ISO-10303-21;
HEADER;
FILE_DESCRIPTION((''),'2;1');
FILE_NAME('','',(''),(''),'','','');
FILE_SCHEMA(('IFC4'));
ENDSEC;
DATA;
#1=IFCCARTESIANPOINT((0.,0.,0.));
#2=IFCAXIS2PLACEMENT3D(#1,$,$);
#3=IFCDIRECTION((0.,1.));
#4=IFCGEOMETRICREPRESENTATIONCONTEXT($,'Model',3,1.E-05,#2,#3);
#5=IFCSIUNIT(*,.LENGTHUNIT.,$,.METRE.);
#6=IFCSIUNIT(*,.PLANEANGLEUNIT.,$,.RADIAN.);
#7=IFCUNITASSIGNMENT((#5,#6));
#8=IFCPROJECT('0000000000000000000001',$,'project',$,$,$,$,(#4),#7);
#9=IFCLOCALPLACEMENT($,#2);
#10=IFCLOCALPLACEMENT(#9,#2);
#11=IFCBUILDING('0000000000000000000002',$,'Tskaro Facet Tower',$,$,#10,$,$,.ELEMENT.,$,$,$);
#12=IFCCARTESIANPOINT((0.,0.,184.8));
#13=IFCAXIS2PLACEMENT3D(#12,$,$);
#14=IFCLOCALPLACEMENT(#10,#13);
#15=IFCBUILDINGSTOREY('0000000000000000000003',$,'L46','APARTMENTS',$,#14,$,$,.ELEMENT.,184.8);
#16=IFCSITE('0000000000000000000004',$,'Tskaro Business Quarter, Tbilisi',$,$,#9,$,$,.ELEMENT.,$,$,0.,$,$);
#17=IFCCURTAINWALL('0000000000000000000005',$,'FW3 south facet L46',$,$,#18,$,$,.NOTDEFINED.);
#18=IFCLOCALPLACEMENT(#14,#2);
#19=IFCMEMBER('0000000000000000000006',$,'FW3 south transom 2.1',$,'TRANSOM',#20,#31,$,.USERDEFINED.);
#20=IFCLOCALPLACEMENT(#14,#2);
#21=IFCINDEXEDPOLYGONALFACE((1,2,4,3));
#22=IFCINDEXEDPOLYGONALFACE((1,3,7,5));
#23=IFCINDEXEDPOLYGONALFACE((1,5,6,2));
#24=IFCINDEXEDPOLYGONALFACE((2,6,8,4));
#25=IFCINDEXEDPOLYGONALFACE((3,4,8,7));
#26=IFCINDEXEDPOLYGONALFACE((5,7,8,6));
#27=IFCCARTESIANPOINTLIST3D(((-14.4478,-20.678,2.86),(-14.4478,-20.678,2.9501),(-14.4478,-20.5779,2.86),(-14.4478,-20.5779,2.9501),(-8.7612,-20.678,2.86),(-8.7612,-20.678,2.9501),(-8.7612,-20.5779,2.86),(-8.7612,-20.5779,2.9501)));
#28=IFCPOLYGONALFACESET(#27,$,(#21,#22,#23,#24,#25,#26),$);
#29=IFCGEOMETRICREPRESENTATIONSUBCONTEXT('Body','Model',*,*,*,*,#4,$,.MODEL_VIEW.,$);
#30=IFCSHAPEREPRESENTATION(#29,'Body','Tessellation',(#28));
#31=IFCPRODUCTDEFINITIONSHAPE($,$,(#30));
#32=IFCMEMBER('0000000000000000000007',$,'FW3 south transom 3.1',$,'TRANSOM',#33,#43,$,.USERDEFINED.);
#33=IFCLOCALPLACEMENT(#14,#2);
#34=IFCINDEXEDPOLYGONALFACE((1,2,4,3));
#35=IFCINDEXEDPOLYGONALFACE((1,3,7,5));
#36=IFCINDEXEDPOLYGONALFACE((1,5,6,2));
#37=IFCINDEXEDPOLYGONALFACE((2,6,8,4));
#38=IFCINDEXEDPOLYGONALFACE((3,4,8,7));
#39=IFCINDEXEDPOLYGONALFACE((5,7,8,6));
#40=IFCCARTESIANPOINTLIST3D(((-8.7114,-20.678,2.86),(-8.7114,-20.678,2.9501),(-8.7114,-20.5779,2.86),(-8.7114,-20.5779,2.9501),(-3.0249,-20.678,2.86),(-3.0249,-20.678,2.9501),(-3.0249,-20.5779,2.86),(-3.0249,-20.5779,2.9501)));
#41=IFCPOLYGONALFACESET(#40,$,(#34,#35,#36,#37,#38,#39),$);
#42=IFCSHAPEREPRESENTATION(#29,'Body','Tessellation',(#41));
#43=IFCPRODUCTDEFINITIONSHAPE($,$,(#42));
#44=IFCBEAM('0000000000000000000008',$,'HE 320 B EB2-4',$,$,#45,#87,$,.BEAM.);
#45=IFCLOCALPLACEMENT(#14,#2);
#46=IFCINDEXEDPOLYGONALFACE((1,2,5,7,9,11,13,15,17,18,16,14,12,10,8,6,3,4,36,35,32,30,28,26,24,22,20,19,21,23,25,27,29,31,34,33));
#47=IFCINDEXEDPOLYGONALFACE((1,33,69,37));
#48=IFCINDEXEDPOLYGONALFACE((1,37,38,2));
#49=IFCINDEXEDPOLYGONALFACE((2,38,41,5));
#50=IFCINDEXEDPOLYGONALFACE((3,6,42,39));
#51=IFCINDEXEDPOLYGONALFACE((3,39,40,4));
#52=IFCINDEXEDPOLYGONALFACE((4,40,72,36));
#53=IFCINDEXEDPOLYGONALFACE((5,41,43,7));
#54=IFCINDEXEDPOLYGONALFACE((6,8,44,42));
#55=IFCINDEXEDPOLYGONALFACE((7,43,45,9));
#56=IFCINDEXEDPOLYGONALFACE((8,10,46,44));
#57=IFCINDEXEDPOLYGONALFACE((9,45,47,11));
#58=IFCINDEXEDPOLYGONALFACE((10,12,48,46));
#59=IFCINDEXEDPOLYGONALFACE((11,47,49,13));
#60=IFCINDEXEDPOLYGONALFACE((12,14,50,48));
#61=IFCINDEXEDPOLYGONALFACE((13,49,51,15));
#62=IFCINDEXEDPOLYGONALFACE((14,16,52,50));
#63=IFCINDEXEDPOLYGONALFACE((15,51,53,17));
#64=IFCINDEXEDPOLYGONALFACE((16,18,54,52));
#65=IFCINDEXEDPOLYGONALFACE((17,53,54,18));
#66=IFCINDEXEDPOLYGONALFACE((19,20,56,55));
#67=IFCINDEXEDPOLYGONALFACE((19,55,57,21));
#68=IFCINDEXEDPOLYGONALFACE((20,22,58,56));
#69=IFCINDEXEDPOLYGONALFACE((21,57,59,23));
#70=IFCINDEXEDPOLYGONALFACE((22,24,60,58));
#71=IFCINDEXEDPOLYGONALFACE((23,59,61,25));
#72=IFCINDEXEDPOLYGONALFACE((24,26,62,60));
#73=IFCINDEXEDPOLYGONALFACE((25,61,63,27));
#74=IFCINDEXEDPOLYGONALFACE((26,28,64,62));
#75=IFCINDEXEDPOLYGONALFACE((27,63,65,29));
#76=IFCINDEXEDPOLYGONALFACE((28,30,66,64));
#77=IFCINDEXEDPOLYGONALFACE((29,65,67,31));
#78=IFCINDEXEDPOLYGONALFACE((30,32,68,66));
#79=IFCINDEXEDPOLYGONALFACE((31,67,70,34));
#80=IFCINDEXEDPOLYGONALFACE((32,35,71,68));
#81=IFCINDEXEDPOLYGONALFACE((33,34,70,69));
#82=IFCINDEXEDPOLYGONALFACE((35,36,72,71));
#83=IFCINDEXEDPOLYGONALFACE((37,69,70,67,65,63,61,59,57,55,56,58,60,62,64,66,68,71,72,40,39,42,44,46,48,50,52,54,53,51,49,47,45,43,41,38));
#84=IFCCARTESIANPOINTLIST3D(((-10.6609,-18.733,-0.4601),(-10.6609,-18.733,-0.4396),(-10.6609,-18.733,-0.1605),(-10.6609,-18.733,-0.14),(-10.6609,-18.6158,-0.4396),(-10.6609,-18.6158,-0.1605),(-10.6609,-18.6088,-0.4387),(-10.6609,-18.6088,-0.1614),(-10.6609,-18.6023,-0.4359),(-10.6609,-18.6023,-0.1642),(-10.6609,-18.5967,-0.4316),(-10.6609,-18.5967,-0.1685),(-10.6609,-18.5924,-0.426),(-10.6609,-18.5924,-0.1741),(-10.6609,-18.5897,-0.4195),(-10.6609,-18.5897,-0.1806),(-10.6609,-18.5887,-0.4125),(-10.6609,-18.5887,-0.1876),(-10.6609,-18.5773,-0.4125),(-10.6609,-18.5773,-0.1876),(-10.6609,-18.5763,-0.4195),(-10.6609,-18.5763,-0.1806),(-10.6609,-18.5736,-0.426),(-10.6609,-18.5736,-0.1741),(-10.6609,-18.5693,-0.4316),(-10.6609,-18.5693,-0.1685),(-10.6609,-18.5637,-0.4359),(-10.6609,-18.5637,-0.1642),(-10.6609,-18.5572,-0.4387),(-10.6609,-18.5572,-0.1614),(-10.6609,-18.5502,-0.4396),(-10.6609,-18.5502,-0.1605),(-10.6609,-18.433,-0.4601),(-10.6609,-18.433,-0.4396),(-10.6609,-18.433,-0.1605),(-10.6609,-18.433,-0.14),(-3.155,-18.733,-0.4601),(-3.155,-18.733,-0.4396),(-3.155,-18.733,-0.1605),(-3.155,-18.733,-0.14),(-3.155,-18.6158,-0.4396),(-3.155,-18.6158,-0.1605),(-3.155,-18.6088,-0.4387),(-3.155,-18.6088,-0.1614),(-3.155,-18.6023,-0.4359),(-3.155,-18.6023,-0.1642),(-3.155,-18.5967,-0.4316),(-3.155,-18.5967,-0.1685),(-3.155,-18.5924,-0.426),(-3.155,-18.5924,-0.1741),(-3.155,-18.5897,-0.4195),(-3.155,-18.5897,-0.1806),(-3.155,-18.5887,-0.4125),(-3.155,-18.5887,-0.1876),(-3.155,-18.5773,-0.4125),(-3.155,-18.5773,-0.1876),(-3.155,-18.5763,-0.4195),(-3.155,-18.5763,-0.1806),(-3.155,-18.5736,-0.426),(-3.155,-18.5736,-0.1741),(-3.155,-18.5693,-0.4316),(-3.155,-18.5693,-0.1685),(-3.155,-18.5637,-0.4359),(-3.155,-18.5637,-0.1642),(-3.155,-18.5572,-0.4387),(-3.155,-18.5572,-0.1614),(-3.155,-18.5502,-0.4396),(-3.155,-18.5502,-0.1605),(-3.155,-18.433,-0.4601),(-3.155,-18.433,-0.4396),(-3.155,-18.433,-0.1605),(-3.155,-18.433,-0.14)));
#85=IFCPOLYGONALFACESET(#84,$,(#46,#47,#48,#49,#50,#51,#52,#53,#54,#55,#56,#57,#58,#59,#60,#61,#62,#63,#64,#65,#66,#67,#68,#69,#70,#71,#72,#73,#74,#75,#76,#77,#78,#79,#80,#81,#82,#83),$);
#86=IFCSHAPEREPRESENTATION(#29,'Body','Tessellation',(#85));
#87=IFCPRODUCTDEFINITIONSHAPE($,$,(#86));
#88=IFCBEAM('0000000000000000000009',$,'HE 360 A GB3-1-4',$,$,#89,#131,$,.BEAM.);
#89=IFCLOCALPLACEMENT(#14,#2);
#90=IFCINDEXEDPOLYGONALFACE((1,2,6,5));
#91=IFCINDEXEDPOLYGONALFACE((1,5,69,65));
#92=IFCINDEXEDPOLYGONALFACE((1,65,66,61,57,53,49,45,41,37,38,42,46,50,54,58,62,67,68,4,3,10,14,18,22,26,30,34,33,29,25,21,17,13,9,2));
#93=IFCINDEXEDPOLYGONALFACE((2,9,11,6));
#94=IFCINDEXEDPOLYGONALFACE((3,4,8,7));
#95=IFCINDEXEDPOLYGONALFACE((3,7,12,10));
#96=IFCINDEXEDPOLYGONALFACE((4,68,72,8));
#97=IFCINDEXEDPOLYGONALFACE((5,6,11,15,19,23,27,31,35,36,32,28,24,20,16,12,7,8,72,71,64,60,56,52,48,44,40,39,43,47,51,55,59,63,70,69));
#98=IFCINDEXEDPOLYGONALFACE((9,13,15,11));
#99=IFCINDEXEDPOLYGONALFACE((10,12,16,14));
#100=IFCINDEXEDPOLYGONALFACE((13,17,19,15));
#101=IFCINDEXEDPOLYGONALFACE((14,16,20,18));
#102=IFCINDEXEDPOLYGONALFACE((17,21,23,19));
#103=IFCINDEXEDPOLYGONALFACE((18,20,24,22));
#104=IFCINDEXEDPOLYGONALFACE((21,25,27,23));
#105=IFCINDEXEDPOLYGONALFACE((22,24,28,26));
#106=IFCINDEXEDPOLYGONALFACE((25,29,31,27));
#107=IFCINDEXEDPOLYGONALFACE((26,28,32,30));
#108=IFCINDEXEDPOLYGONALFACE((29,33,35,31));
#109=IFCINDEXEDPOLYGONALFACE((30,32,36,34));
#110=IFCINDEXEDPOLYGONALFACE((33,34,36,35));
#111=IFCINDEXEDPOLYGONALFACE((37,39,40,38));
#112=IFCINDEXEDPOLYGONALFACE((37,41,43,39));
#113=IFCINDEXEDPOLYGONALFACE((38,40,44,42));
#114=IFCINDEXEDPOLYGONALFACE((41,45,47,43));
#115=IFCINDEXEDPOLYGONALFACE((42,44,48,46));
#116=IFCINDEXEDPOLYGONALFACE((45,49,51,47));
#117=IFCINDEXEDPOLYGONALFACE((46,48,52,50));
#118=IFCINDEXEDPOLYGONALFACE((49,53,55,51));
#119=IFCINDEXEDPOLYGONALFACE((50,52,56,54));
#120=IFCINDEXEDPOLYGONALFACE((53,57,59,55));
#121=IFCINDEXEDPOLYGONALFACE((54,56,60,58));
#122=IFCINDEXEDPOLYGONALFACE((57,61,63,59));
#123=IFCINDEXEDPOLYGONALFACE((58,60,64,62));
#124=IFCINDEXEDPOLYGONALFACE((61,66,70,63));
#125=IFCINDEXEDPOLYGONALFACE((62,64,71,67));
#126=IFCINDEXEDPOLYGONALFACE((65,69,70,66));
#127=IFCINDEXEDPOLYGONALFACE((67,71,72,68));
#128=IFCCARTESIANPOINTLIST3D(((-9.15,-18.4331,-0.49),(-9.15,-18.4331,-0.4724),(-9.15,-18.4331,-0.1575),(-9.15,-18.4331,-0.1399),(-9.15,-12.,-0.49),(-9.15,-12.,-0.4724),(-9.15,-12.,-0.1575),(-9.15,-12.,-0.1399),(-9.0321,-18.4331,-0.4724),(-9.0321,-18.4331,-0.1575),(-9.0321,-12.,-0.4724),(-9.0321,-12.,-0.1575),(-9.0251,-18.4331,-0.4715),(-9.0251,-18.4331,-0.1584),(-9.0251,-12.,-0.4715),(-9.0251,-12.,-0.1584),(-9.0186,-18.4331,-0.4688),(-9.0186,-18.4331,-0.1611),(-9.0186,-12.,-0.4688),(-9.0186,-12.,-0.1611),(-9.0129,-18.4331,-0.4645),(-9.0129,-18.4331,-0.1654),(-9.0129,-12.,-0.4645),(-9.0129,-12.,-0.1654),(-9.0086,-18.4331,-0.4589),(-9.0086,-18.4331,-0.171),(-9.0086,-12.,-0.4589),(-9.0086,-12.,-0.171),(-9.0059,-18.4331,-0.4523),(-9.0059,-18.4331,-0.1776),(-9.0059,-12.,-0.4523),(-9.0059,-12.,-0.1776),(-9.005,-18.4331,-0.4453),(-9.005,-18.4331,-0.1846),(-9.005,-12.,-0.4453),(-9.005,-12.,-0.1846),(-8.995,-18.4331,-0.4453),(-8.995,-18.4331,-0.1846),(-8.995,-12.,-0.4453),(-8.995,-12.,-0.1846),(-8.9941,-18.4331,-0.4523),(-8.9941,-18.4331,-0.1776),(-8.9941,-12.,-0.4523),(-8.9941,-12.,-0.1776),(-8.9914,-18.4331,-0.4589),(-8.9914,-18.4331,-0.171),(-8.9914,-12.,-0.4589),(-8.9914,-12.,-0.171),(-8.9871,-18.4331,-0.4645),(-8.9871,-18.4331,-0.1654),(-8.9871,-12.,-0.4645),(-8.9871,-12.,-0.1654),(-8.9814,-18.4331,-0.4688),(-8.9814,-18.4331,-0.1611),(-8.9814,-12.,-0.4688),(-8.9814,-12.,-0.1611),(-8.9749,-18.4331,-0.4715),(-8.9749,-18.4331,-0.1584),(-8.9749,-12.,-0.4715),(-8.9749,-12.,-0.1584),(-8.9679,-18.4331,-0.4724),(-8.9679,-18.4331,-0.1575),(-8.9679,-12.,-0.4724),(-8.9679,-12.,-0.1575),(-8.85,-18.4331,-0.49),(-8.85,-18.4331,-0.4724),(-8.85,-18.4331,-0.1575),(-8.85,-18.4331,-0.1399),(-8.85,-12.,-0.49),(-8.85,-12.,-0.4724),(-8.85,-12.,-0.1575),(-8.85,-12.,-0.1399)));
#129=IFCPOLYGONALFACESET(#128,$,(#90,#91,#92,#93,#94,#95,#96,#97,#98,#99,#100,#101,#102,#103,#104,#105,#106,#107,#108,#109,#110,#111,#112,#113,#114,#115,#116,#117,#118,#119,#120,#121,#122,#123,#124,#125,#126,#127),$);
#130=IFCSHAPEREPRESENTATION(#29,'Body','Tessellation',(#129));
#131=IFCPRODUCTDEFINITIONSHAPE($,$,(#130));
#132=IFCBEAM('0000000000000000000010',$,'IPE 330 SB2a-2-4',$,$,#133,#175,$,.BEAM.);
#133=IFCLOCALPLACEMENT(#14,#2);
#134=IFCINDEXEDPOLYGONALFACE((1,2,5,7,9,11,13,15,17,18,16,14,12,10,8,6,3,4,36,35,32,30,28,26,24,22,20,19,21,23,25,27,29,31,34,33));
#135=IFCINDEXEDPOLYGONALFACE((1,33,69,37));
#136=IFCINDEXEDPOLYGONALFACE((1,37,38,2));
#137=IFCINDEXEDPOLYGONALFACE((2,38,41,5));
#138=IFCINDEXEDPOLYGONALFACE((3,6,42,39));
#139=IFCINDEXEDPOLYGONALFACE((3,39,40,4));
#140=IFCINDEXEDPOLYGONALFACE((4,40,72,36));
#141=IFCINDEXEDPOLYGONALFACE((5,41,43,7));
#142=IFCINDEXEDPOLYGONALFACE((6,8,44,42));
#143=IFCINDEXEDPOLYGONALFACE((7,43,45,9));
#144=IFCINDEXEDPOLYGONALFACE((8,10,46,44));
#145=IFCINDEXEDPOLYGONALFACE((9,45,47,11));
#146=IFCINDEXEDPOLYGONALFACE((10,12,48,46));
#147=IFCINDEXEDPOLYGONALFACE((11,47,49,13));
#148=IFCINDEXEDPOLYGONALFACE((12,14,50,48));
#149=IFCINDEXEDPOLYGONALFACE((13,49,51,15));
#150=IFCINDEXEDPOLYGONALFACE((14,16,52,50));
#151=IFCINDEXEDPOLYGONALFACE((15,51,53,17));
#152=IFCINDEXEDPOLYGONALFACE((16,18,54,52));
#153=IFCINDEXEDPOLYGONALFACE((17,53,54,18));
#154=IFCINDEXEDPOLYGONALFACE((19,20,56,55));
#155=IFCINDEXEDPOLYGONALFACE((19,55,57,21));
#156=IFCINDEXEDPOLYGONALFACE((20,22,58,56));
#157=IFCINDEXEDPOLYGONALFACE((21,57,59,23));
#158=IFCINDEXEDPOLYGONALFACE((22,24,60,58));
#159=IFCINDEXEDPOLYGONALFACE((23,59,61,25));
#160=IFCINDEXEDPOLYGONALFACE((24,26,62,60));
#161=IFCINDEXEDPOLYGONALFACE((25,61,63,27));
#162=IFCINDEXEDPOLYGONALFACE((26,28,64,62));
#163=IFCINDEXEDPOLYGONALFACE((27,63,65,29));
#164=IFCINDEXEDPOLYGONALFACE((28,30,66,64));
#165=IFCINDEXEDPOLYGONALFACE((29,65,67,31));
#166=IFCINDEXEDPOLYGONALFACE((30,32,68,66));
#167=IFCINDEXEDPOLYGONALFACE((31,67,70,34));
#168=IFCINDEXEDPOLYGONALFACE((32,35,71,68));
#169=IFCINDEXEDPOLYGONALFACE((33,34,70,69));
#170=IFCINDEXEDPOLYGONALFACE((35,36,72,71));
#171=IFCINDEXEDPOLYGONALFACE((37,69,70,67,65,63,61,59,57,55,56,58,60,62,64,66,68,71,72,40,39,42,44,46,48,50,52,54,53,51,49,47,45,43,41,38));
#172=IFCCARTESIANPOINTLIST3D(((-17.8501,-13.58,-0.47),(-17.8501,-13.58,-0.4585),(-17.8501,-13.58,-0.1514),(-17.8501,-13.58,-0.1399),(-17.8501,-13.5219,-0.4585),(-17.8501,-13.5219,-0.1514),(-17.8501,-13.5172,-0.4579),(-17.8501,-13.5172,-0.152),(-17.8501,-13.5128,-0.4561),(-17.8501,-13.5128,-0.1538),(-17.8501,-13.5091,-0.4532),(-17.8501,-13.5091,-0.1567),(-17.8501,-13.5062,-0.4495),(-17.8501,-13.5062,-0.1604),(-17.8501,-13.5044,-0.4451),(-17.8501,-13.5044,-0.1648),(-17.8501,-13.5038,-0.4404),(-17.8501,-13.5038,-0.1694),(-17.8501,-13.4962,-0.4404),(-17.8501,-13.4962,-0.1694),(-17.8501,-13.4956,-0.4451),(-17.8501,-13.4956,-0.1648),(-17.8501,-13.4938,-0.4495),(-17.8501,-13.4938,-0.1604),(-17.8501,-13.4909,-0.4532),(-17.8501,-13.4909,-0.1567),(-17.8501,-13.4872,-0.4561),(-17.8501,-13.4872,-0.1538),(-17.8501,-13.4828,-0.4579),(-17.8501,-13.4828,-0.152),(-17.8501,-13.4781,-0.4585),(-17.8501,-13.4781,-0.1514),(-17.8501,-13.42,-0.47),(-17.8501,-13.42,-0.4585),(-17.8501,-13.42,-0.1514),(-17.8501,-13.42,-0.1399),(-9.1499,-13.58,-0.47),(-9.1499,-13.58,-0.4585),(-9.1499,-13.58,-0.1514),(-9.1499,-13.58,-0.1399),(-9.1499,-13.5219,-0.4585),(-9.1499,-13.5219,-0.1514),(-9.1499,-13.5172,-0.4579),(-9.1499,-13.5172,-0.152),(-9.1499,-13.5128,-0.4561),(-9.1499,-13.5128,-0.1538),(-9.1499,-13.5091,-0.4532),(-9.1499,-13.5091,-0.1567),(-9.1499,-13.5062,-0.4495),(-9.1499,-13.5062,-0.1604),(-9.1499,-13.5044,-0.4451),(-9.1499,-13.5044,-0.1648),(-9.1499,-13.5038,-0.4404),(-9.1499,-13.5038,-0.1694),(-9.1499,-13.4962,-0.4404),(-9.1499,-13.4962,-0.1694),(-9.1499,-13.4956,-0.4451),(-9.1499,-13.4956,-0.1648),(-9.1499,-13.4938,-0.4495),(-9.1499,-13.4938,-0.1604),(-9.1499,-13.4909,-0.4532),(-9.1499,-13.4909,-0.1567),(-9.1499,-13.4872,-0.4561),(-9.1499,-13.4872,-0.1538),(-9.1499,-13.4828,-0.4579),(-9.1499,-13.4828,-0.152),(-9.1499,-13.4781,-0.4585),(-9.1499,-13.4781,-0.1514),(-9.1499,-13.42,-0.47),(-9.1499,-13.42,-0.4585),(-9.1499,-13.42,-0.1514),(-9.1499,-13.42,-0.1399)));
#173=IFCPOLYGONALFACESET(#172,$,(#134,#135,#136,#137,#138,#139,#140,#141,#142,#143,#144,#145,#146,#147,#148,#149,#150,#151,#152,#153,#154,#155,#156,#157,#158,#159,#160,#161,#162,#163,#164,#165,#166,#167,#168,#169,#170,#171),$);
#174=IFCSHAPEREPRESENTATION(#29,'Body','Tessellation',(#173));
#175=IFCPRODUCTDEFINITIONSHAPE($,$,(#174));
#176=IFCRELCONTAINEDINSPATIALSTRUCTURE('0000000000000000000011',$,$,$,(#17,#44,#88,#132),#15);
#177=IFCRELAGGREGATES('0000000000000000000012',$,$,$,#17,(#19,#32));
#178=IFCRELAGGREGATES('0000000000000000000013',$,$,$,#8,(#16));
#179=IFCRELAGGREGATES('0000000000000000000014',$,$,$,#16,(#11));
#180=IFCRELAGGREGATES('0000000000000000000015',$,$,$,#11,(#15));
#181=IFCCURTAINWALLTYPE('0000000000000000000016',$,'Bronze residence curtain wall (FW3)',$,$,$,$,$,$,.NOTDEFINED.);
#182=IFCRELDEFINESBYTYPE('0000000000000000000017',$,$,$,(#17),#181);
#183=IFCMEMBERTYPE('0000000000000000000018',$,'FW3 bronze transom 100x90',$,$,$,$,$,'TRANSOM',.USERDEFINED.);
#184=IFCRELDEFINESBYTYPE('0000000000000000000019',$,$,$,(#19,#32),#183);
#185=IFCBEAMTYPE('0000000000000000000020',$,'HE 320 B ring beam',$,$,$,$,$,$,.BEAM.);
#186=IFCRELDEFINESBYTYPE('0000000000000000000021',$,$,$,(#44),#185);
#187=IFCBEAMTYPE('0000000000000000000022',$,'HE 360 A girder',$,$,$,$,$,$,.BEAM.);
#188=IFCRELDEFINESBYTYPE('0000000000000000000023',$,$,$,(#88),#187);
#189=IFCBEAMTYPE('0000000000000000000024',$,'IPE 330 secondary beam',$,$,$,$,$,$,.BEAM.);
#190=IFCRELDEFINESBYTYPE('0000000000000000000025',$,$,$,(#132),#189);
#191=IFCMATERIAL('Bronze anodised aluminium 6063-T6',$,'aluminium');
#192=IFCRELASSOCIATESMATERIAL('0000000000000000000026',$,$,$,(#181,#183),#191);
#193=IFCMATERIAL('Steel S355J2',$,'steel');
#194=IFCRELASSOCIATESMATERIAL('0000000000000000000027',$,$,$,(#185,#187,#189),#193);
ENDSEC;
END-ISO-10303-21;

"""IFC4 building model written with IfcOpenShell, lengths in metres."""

from ifc_helpers import new_model, si_unit, direction, frame, origin, origin_2d, place, context, subcontext, project, spatial, rectangle, i_section, extrude, material, material_profile, profile_set, type_object, element, aggregate, save


model = new_model("IFC4")

# Units and contexts
model_context = context("Model", 3, precision=1e-05, world=origin(), true_north=direction((0.0, 1.0)))
body_context = subcontext(model_context, "Body", "Model", "MODEL_VIEW")
ifc_project = project(units=[si_unit("LENGTHUNIT", "METRE"), si_unit("PLANEANGLEUNIT", "RADIAN")], contexts=[model_context])

# Site, building, storey
site_placement = place(None, origin())
site = spatial("IfcSite", under=ifc_project, at=site_placement, Name="Tskaro Business Quarter, Tbilisi", CompositionType="ELEMENT", RefElevation=0.0)
building_placement = place(site_placement, origin())
building = spatial("IfcBuilding", under=site, at=building_placement, Name="Tskaro Facet Tower", CompositionType="ELEMENT")
storey_placement = place(building_placement, frame((0.0, 0.0, 184.8)))
storey = spatial("IfcBuildingStorey", under=building, at=storey_placement, Name="L46", Description="APARTMENTS", CompositionType="ELEMENT", Elevation=184.8)

# Curtain wall, members
ifc_material_1 = material(Name="Bronze anodised aluminium 6063-T6", Category="aluminium")
curtain_wall_type = type_object("IfcCurtainWallType", Name="Bronze residence curtain wall (FW3)", PredefinedType="NOTDEFINED", material=ifc_material_1)
curtain_wall_placement = place(storey_placement, origin())
curtain_wall = element("IfcCurtainWall", 1, at=curtain_wall_placement, inside=storey, type_object=curtain_wall_type, Name="FW3 south facet L46", PredefinedType="NOTDEFINED")
ifc_material_profile_1 = material_profile(ifc_material_1, rectangle(XDim=0.1001, YDim=0.0901, at=origin_2d()), Name="Transom 100x90")
ifc_profile_set_1 = profile_set([ifc_material_profile_1], Name="Bronze anodised aluminium 6063-T6")
member_type_1 = type_object("IfcMemberType", Name="FW3 bronze transom 100x90", ElementType="TRANSOM", PredefinedType="USERDEFINED", material=ifc_profile_set_1)
member_1_placement = place(storey_placement, frame((-14.4478, -20.6279, 2.905), z_axis=(1.0, 0.0, 0.0), x_axis=(0.0, 1.0, 0.0)))
member_1 = element("IfcMember", 2, at=member_1_placement, type_object=member_type_1, Name="FW3 south transom 2.1", ObjectType="TRANSOM", PredefinedType="USERDEFINED", context=body_context, shape_type="SweptSolid", body=[
    extrude(rectangle(XDim=0.1001, YDim=0.0901, at=origin_2d()), origin(), (0.0, 0.0, 1.0), 5.6865),
])
member_2_placement = place(storey_placement, frame((-8.7114, -20.6279, 2.905), z_axis=(1.0, 0.0, 0.0), x_axis=(0.0, 1.0, 0.0)))
member_2 = element("IfcMember", 3, at=member_2_placement, type_object=member_type_1, Name="FW3 south transom 3.1", ObjectType="TRANSOM", PredefinedType="USERDEFINED", context=body_context, shape_type="SweptSolid", body=[
    extrude(rectangle(XDim=0.1001, YDim=0.0901, at=origin_2d()), origin(), (0.0, 0.0, 1.0), 5.6865),
])

# Beams
ifc_material_2 = material(Name="Steel S355J2", Category="steel")
ifc_material_profile_2 = material_profile(ifc_material_2, i_section(OverallWidth=0.3, OverallDepth=0.3201, WebThickness=0.0115, FlangeThickness=0.0205, FilletRadius=0.0271, at=origin_2d()), Name="HE 320 B")
ifc_profile_set_2 = profile_set([ifc_material_profile_2], Name="Steel S355J2")
beam_type_1 = type_object("IfcBeamType", Name="HE 320 B ring beam", PredefinedType="BEAM", material=ifc_profile_set_2)
beam_1_placement = place(storey_placement, frame((-10.6609, -18.583, -0.3), z_axis=(1.0, 0.0, 0.0), x_axis=(0.0, 1.0, 0.0)))
element("IfcBeam", 4, at=beam_1_placement, inside=storey, type_object=beam_type_1, Name="HE 320 B EB2-4", PredefinedType="BEAM", context=body_context, shape_type="SweptSolid", body=[
    extrude(i_section(OverallWidth=0.3, OverallDepth=0.3201, WebThickness=0.0115, FlangeThickness=0.0205, FilletRadius=0.0271, at=origin_2d()), origin(), (0.0, 0.0, 1.0), 7.5059),
])
ifc_material_profile_3 = material_profile(ifc_material_2, i_section(OverallWidth=0.3, OverallDepth=0.3501, WebThickness=0.01, FlangeThickness=0.0176, FilletRadius=0.0271, at=origin_2d()), Name="HE 360 A")
ifc_profile_set_3 = profile_set([ifc_material_profile_3], Name="Steel S355J2")
beam_type_2 = type_object("IfcBeamType", Name="HE 360 A girder", PredefinedType="BEAM", material=ifc_profile_set_3)
beam_2_placement = place(storey_placement, frame((-9.0, -18.4331, -0.3149), z_axis=(0.0, 1.0, 0.0), x_axis=(-1.0, 0.0, 0.0)))
element("IfcBeam", 5, at=beam_2_placement, inside=storey, type_object=beam_type_2, Name="HE 360 A GB3-1-4", PredefinedType="BEAM", context=body_context, shape_type="SweptSolid", body=[
    extrude(i_section(OverallWidth=0.3, OverallDepth=0.3501, WebThickness=0.01, FlangeThickness=0.0176, FilletRadius=0.0271, at=origin_2d()), origin(), (0.0, 0.0, 1.0), 6.4331),
])
ifc_material_profile_4 = material_profile(ifc_material_2, i_section(OverallWidth=0.1599, OverallDepth=0.3301, WebThickness=0.0076, FlangeThickness=0.0115, FilletRadius=0.0181, at=origin_2d()), Name="IPE 330")
ifc_profile_set_4 = profile_set([ifc_material_profile_4], Name="Steel S355J2")
beam_type_3 = type_object("IfcBeamType", Name="IPE 330 secondary beam", PredefinedType="BEAM", material=ifc_profile_set_4)
for number, where, z_axis, x_axis, name in (
    (6, (-17.8501, -13.5, -0.3049), (1.0, 0.0, 0.0), (0.0, 1.0, 0.0), "IPE 330 SB2a-2-4"),
):
    element("IfcBeam", number, at=place(storey_placement, frame(where, z_axis=z_axis, x_axis=x_axis)), inside=storey, type_object=beam_type_3, Name=name, PredefinedType="BEAM", context=body_context, shape_type="SweptSolid", body=[
        extrude(i_section(OverallWidth=0.1599, OverallDepth=0.3301, WebThickness=0.0076, FlangeThickness=0.0115, FilletRadius=0.0181, at=origin_2d()), origin(), (0.0, 0.0, 1.0), 8.7002),
    ])

aggregate(curtain_wall, [member_1, member_2])

save(model, "model.ifc")
